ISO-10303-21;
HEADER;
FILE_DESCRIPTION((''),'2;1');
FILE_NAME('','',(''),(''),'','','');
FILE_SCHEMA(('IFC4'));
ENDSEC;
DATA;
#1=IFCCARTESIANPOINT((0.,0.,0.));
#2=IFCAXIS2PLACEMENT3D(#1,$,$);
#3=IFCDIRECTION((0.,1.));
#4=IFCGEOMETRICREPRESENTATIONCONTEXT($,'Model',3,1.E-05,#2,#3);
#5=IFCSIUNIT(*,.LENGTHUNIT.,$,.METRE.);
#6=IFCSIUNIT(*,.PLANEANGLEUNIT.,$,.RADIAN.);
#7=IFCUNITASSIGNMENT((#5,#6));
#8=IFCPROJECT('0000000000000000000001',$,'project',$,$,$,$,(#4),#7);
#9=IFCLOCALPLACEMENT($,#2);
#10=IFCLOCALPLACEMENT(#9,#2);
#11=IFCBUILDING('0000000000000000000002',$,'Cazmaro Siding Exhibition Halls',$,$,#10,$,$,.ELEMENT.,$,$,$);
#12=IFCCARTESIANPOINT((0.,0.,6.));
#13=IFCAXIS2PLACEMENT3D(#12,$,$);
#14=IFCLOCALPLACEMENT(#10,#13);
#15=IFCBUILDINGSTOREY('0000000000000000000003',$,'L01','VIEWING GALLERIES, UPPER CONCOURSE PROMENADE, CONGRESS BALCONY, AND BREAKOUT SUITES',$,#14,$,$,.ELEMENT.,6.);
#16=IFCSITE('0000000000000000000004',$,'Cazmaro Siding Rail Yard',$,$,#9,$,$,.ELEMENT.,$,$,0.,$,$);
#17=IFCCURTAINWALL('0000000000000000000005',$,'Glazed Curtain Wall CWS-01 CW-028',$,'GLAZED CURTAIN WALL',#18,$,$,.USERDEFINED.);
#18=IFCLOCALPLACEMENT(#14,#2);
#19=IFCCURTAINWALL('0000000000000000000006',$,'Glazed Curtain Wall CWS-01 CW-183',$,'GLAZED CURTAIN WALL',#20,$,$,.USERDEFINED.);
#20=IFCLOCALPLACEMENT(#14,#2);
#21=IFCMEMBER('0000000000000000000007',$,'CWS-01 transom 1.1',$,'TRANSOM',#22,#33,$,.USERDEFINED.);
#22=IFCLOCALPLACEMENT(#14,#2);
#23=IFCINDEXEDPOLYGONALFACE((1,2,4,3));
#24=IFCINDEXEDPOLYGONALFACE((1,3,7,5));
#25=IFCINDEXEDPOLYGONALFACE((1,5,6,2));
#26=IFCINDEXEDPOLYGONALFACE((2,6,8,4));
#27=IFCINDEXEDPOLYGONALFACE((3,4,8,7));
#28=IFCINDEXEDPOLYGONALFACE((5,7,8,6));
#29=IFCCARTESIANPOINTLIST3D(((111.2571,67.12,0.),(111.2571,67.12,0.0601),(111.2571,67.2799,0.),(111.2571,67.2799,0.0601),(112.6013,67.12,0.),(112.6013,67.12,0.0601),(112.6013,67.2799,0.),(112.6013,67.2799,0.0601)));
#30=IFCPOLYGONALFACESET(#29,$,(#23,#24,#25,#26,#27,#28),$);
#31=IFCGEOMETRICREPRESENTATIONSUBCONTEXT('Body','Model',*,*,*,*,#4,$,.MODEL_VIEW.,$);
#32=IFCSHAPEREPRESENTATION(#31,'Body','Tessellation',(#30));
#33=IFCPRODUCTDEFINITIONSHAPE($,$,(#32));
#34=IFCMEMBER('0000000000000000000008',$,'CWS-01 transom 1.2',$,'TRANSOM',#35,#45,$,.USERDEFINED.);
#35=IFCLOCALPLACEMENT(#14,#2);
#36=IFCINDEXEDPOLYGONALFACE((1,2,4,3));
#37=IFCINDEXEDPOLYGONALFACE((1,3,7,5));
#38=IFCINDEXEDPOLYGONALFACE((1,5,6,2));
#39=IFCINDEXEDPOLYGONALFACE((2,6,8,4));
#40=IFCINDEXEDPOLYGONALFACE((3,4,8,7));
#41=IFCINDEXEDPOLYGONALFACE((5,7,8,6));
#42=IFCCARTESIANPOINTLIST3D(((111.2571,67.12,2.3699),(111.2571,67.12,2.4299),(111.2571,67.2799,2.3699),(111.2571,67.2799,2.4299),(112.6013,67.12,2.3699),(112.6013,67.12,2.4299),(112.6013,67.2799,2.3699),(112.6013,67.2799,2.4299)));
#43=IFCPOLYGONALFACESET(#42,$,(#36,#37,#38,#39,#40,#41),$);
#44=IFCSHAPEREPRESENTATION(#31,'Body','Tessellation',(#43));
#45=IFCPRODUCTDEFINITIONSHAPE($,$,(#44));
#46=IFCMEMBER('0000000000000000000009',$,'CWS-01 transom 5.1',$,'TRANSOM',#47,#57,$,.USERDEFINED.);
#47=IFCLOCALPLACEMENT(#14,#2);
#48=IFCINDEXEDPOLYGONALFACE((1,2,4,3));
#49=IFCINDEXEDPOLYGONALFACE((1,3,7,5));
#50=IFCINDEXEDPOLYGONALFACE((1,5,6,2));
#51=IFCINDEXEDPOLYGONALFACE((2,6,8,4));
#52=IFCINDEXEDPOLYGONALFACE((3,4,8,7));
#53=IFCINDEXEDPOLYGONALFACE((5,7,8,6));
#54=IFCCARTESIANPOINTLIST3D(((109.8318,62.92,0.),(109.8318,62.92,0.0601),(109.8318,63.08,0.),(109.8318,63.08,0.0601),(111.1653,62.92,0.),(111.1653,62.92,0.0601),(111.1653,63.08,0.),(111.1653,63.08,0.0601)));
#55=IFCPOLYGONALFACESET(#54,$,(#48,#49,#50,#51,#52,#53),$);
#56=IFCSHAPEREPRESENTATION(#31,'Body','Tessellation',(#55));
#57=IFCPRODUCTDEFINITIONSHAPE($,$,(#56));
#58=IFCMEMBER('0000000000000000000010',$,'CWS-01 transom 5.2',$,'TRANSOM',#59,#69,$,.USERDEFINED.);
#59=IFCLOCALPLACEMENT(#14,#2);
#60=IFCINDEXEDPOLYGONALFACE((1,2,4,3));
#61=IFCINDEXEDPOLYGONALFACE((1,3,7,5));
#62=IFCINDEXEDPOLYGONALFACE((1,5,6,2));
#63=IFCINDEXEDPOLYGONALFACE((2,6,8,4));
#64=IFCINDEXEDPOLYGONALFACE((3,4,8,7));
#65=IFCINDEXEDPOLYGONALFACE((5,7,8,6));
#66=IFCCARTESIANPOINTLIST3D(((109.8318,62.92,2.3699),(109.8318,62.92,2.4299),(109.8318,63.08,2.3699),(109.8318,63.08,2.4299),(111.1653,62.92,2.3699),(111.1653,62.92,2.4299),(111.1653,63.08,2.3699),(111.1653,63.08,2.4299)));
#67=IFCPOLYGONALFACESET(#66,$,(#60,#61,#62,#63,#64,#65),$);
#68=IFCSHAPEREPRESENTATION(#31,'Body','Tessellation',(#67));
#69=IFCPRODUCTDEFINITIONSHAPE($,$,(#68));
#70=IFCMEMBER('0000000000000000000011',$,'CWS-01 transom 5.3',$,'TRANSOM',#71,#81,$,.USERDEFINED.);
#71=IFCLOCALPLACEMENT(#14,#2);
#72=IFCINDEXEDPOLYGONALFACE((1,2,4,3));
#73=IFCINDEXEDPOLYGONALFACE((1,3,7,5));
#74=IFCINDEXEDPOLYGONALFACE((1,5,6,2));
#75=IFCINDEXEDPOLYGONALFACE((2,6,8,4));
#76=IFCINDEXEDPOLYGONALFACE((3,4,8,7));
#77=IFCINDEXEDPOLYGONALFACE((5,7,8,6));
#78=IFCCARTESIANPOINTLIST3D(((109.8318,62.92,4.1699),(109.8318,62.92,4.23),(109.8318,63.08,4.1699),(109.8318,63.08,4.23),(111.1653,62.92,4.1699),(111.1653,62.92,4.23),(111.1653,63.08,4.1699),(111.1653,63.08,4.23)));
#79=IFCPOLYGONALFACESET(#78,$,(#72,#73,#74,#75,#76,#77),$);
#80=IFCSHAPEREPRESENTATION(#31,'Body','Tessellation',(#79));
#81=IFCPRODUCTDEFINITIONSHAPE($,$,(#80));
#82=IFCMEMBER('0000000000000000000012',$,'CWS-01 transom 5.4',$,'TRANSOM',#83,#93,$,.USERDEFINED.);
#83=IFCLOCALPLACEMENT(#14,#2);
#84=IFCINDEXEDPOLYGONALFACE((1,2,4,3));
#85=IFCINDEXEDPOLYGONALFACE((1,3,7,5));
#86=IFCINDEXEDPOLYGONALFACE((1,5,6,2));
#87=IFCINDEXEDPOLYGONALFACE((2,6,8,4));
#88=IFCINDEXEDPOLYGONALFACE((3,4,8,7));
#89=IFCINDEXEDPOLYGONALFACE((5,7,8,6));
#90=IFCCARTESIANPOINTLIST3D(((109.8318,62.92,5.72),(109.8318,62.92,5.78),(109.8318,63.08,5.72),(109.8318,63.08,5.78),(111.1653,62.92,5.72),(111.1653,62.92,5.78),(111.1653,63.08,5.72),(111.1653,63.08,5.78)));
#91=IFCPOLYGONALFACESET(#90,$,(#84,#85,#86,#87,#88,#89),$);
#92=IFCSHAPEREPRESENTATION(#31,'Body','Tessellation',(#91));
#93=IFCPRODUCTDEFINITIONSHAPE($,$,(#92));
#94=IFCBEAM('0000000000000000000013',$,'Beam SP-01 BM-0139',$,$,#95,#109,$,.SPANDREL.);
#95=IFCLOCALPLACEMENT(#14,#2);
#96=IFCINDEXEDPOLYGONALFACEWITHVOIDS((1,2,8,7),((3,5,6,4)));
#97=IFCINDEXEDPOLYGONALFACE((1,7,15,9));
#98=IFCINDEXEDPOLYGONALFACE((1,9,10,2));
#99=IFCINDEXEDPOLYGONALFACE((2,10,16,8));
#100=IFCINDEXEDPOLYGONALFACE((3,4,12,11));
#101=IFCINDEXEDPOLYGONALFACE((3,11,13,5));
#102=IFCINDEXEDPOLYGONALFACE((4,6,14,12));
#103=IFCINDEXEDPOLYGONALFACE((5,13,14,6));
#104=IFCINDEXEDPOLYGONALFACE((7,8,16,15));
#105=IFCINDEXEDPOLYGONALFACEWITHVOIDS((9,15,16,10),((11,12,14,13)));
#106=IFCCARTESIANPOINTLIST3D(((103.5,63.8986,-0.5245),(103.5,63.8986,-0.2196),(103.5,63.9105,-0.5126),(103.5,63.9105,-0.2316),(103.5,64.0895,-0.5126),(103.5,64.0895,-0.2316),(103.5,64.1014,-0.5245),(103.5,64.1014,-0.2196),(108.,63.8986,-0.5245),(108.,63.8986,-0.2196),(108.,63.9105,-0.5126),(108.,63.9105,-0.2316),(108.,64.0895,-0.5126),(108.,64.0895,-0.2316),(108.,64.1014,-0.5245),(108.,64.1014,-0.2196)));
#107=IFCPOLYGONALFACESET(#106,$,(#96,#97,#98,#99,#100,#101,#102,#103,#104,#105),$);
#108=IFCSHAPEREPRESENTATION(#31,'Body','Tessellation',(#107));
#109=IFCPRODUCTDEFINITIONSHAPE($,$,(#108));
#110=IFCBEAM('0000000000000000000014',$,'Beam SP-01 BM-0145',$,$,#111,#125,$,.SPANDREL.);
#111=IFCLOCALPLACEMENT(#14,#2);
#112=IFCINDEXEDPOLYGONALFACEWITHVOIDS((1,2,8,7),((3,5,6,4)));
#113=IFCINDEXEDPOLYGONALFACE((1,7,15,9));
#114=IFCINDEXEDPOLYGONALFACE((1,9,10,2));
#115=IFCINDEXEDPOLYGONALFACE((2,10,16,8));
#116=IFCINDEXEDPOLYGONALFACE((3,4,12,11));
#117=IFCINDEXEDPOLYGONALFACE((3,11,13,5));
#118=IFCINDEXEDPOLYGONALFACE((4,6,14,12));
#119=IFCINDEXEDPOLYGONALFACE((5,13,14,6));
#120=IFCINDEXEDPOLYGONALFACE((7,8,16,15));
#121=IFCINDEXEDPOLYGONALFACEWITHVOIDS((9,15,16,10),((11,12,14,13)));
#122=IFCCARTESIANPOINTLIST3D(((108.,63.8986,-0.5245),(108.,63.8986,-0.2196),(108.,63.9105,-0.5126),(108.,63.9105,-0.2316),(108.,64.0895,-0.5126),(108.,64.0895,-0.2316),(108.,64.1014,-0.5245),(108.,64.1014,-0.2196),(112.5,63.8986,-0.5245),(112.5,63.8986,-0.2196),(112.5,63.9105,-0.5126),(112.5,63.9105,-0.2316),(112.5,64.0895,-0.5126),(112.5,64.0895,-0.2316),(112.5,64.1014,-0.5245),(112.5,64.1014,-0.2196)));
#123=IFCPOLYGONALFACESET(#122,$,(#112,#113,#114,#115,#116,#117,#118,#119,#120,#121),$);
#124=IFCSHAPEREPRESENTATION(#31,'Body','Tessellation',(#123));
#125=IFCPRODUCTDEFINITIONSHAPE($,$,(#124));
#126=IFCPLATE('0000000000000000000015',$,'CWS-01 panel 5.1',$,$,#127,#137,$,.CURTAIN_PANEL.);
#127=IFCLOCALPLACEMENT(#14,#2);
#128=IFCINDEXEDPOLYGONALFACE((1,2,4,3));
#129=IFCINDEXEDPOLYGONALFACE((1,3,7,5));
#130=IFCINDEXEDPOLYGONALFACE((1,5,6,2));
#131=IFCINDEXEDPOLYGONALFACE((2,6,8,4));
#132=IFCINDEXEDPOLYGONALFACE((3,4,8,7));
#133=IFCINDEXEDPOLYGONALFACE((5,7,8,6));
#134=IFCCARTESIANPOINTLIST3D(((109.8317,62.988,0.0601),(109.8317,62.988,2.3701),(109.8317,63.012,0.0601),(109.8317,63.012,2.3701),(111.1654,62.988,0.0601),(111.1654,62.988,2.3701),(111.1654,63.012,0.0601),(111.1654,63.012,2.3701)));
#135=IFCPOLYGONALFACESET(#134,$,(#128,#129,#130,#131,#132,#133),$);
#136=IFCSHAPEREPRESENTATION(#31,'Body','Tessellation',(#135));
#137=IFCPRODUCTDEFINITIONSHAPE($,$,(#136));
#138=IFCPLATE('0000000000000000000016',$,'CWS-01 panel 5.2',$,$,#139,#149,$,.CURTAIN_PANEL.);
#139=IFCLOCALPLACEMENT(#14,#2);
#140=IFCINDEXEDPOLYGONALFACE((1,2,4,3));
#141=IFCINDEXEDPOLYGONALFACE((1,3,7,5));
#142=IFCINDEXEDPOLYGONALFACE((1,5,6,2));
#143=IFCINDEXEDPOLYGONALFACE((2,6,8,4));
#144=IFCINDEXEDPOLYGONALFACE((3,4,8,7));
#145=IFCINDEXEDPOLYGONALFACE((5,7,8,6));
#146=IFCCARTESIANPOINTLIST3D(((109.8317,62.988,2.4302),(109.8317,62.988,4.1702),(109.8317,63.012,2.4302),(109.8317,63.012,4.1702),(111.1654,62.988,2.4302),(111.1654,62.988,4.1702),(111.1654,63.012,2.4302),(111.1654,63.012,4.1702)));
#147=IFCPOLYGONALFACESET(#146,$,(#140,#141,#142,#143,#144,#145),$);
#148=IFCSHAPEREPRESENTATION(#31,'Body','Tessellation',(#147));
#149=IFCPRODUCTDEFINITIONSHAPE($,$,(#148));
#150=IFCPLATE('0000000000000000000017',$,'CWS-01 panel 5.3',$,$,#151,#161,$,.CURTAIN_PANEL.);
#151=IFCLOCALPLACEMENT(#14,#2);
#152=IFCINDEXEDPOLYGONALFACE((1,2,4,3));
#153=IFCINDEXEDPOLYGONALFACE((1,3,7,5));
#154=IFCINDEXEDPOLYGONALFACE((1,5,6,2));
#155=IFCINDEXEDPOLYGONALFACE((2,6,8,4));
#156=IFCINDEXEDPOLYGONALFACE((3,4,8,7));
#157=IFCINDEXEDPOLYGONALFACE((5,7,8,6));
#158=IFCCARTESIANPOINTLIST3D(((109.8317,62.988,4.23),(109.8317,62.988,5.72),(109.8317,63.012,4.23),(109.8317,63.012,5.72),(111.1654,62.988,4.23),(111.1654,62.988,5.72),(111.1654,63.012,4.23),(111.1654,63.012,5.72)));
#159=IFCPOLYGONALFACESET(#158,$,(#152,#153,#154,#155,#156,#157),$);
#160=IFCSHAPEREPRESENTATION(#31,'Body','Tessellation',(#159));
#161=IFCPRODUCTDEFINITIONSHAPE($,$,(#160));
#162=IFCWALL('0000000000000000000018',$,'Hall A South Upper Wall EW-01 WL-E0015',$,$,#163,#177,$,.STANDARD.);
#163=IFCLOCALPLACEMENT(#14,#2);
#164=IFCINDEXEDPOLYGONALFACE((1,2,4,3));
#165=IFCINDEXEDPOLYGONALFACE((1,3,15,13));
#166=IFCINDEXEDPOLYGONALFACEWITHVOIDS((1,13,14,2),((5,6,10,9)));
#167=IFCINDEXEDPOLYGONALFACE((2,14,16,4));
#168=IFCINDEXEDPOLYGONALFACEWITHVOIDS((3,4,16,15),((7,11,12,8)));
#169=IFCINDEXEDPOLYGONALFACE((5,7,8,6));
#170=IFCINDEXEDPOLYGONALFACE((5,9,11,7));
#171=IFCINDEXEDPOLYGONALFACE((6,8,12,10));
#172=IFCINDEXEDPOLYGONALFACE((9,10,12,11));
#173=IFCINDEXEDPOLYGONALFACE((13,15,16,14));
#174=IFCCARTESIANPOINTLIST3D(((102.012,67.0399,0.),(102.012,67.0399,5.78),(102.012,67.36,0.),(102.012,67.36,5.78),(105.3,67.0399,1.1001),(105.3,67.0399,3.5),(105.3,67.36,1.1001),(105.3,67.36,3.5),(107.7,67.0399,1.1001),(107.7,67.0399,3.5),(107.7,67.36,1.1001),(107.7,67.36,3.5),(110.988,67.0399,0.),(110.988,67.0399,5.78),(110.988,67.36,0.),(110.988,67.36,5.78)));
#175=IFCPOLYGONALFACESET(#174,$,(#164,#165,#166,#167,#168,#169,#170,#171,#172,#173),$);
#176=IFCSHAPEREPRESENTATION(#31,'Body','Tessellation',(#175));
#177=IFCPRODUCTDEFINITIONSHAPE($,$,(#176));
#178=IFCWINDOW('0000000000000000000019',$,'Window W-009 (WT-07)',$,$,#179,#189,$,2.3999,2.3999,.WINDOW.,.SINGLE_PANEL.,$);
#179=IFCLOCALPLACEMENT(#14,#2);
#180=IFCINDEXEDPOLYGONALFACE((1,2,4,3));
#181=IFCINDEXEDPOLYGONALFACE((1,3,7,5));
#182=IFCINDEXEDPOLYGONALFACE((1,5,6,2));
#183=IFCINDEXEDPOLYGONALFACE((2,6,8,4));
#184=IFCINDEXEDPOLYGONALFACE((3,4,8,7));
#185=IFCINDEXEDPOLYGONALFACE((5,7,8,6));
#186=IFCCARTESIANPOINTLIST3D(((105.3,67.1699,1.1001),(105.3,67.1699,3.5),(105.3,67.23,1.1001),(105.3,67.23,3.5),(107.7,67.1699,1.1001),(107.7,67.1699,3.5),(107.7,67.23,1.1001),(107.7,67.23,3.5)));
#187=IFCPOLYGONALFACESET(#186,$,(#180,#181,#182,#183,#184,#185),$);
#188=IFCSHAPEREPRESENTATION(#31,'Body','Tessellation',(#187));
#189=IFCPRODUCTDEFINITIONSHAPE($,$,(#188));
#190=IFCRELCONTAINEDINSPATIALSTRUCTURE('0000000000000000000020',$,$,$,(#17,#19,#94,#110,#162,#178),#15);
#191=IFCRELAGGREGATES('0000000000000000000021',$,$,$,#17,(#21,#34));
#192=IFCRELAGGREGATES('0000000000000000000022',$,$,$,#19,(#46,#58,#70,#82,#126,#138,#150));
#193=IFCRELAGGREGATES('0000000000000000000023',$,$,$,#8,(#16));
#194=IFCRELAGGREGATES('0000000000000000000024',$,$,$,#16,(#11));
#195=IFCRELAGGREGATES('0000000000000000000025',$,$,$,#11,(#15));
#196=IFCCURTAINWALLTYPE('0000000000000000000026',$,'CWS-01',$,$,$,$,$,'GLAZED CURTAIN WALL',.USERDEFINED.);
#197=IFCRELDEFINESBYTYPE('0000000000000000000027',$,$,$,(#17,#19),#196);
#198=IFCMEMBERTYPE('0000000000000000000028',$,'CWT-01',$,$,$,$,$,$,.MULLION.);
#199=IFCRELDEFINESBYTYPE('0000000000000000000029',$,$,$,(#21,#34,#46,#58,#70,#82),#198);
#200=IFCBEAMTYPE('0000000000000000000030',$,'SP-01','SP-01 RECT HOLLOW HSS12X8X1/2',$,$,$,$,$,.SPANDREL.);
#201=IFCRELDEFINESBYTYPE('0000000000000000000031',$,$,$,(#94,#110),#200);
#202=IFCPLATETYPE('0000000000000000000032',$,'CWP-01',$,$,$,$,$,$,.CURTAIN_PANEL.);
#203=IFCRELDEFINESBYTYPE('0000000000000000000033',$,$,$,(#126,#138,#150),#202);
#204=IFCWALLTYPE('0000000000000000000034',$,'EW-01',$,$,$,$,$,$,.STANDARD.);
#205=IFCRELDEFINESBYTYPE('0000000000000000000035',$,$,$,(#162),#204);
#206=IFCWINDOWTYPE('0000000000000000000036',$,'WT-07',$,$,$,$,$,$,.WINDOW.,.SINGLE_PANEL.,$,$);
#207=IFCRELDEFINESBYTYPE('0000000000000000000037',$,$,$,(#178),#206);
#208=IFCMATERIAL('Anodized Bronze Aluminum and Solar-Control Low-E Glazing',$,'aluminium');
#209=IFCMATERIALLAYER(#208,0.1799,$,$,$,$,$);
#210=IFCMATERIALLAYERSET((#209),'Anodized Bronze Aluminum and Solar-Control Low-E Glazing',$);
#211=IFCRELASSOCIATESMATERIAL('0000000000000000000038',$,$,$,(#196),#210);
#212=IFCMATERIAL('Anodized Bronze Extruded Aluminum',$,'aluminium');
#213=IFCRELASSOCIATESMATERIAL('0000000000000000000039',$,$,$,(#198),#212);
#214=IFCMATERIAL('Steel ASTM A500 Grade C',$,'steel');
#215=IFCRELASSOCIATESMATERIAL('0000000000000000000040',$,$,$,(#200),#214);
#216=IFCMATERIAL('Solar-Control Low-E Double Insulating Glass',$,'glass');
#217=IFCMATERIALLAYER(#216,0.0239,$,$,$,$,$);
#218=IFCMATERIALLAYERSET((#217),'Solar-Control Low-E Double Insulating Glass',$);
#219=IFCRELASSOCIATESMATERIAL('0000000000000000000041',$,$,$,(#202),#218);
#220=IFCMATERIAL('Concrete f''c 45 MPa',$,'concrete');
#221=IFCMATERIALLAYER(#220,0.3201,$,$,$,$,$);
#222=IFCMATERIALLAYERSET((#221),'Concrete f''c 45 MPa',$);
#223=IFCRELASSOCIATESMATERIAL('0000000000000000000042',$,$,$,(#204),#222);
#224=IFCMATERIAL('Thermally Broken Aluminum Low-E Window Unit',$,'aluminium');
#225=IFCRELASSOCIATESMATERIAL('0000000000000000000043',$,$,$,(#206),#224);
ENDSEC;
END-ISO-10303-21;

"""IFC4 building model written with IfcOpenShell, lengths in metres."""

from ifc_helpers import new_model, si_unit, direction, frame, frame_2d, origin, origin_2d, place, context, subcontext, project, spatial, rectangle, hollow_rectangle, extrude, material, layer, layer_set, material_profile, profile_set, type_object, element, fill, aggregate, save


model = new_model("IFC4")

# Units and contexts
model_context = context("Model", 3, precision=1e-05, world=origin(), true_north=direction((0.0, 1.0)))
body_context = subcontext(model_context, "Body", "Model", "MODEL_VIEW")
ifc_project = project(units=[si_unit("LENGTHUNIT", "METRE"), si_unit("PLANEANGLEUNIT", "RADIAN")], contexts=[model_context])

# Site, building, storey
site_placement = place(None, origin())
site = spatial("IfcSite", under=ifc_project, at=site_placement, Name="Cazmaro Siding Rail Yard", CompositionType="ELEMENT", RefElevation=0.0)
building_placement = place(site_placement, origin())
building = spatial("IfcBuilding", under=site, at=building_placement, Name="Cazmaro Siding Exhibition Halls", CompositionType="ELEMENT")
storey_placement = place(building_placement, frame((0.0, 0.0, 6.0)))
storey = spatial("IfcBuildingStorey", under=building, at=storey_placement, Name="L01", Description="VIEWING GALLERIES, UPPER CONCOURSE PROMENADE, CONGRESS BALCONY, AND BREAKOUT SUITES", CompositionType="ELEMENT", Elevation=6.0)

# Curtain wall
ifc_material_1 = material(Name="Anodized Bronze Aluminum and Solar-Control Low-E Glazing", Category="aluminium")
ifc_layer_1 = layer(ifc_material_1, 0.1799)
ifc_layer_set_1 = layer_set([ifc_layer_1], Name="Anodized Bronze Aluminum and Solar-Control Low-E Glazing")
curtain_wall_type = type_object("IfcCurtainWallType", Name="CWS-01", ElementType="GLAZED CURTAIN WALL", PredefinedType="USERDEFINED", material=ifc_layer_set_1)
curtain_wall_1_placement = place(storey_placement, origin())
curtain_wall_1 = element("IfcCurtainWall", 1, at=curtain_wall_1_placement, inside=storey, type_object=curtain_wall_type, Name="Glazed Curtain Wall CWS-01 CW-028", ObjectType="GLAZED CURTAIN WALL", PredefinedType="USERDEFINED")

# Curtain wall
curtain_wall_2_placement = place(storey_placement, origin())
curtain_wall_2 = element("IfcCurtainWall", 2, at=curtain_wall_2_placement, inside=storey, type_object=curtain_wall_type, Name="Glazed Curtain Wall CWS-01 CW-183", ObjectType="GLAZED CURTAIN WALL", PredefinedType="USERDEFINED")

# Members
ifc_material_2 = material(Name="Anodized Bronze Extruded Aluminum", Category="aluminium")
ifc_material_profile_1 = material_profile(ifc_material_2, rectangle(XDim=0.1599, YDim=0.0601, at=origin_2d()), Name="CWT-01")
ifc_profile_set_1 = profile_set([ifc_material_profile_1], Name="Anodized Bronze Extruded Aluminum")
member_type_1 = type_object("IfcMemberType", Name="CWT-01", PredefinedType="MULLION", material=ifc_profile_set_1)
member_1_placement = place(storey_placement, frame((111.2571, 67.2, 0.03), z_axis=(1.0, 0.0, 0.0), x_axis=(0.0, 1.0, 0.0)))
member_1 = element("IfcMember", 3, at=member_1_placement, type_object=member_type_1, Name="CWS-01 transom 1.1", ObjectType="TRANSOM", PredefinedType="USERDEFINED", context=body_context, shape_type="SweptSolid", body=[
    extrude(rectangle(XDim=0.1599, YDim=0.0601, at=origin_2d()), origin(), (0.0, 0.0, 1.0), 1.3442),
])
member_2_placement = place(storey_placement, frame((111.2571, 67.2, 2.3999), z_axis=(1.0, 0.0, 0.0), x_axis=(0.0, 1.0, 0.0)))
member_2 = element("IfcMember", 4, at=member_2_placement, type_object=member_type_1, Name="CWS-01 transom 1.2", ObjectType="TRANSOM", PredefinedType="USERDEFINED", context=body_context, shape_type="SweptSolid", body=[
    extrude(rectangle(XDim=0.1599, YDim=0.0601, at=origin_2d()), origin(), (0.0, 0.0, 1.0), 1.3442),
])
aggregate(curtain_wall_1, [member_1, member_2])
member_3_placement = place(storey_placement, frame((111.1653, 63.0, 0.03), z_axis=(-1.0, 0.0, 0.0), x_axis=(0.0, -1.0, 0.0)))
member_3 = element("IfcMember", 5, at=member_3_placement, type_object=member_type_1, Name="CWS-01 transom 5.1", ObjectType="TRANSOM", PredefinedType="USERDEFINED", context=body_context, shape_type="SweptSolid", body=[
    extrude(rectangle(XDim=0.1599, YDim=0.0601, at=origin_2d()), origin(), (0.0, 0.0, 1.0), 1.3335),
])
member_4_placement = place(storey_placement, frame((111.1653, 63.0, 2.3999), z_axis=(-1.0, 0.0, 0.0), x_axis=(0.0, -1.0, 0.0)))
member_4 = element("IfcMember", 6, at=member_4_placement, type_object=member_type_1, Name="CWS-01 transom 5.2", ObjectType="TRANSOM", PredefinedType="USERDEFINED", context=body_context, shape_type="SweptSolid", body=[
    extrude(rectangle(XDim=0.1599, YDim=0.0601, at=origin_2d()), origin(), (0.0, 0.0, 1.0), 1.3335),
])
member_5_placement = place(storey_placement, frame((111.1653, 63.0, 4.2), z_axis=(-1.0, 0.0, 0.0), x_axis=(0.0, -1.0, 0.0)))
member_5 = element("IfcMember", 7, at=member_5_placement, type_object=member_type_1, Name="CWS-01 transom 5.3", ObjectType="TRANSOM", PredefinedType="USERDEFINED", context=body_context, shape_type="SweptSolid", body=[
    extrude(rectangle(XDim=0.1599, YDim=0.0601, at=origin_2d()), origin(), (0.0, 0.0, 1.0), 1.3335),
])
member_6_placement = place(storey_placement, frame((111.1653, 63.0, 5.75), z_axis=(-1.0, 0.0, 0.0), x_axis=(0.0, -1.0, 0.0)))
member_6 = element("IfcMember", 8, at=member_6_placement, type_object=member_type_1, Name="CWS-01 transom 5.4", ObjectType="TRANSOM", PredefinedType="USERDEFINED", context=body_context, shape_type="SweptSolid", body=[
    extrude(rectangle(XDim=0.1599, YDim=0.0601, at=origin_2d()), origin(), (0.0, 0.0, 1.0), 1.3335),
])

# Beams
ifc_material_3 = material(Name="Steel ASTM A500 Grade C", Category="steel")
ifc_material_profile_2 = material_profile(ifc_material_3, hollow_rectangle(XDim=0.2029, YDim=0.3049, WallThickness=0.012, at=origin_2d()), Name="HSS12X8X1/2")
ifc_profile_set_2 = profile_set([ifc_material_profile_2], Name="Steel ASTM A500 Grade C")
beam_type_1 = type_object("IfcBeamType", Name="SP-01", Description="SP-01 RECT HOLLOW HSS12X8X1/2", PredefinedType="SPANDREL", material=ifc_profile_set_2)
for number, where, z_axis, x_axis, name in (
    (9, (103.5, 64.0, -0.3721), (1.0, 0.0, 0.0), (0.0, 1.0, 0.0), "Beam SP-01 BM-0139"),
    (10, (108.0, 64.0, -0.3721), (1.0, 0.0, 0.0), (0.0, 1.0, 0.0), "Beam SP-01 BM-0145"),
):
    element("IfcBeam", number, at=place(storey_placement, frame(where, z_axis=z_axis, x_axis=x_axis)), inside=storey, type_object=beam_type_1, Name=name, PredefinedType="SPANDREL", context=body_context, shape_type="SweptSolid", body=[
        extrude(hollow_rectangle(XDim=0.2029, YDim=0.3049, WallThickness=0.012, at=origin_2d()), origin(), (0.0, 0.0, 1.0), 4.5),
    ])

# Plates
ifc_material_4 = material(Name="Solar-Control Low-E Double Insulating Glass", Category="glass")
ifc_layer_2 = layer(ifc_material_4, 0.0239)
ifc_layer_set_2 = layer_set([ifc_layer_2], Name="Solar-Control Low-E Double Insulating Glass")
plate_type = type_object("IfcPlateType", Name="CWP-01", PredefinedType="CURTAIN_PANEL", material=ifc_layer_set_2)
plate_1_placement = place(storey_placement, frame((110.4985, 63.0, 0.0601), z_axis=(0.0, 0.0, 1.0), x_axis=(-1.0, 0.0, 0.0)))
plate_1 = element("IfcPlate", 11, at=plate_1_placement, type_object=plate_type, Name="CWS-01 panel 5.1", PredefinedType="CURTAIN_PANEL", context=body_context, shape_type="SweptSolid", body=[
    extrude(rectangle(XDim=1.3337, YDim=0.0239, at=origin_2d()), origin(), (0.0, 0.0, 1.0), 2.3101),
])
plate_2_placement = place(storey_placement, frame((110.4985, 63.0, 2.4302), z_axis=(0.0, 0.0, 1.0), x_axis=(-1.0, 0.0, 0.0)))
plate_2 = element("IfcPlate", 12, at=plate_2_placement, type_object=plate_type, Name="CWS-01 panel 5.2", PredefinedType="CURTAIN_PANEL", context=body_context, shape_type="SweptSolid", body=[
    extrude(rectangle(XDim=1.3337, YDim=0.0239, at=origin_2d()), origin(), (0.0, 0.0, 1.0), 1.74),
])
plate_3_placement = place(storey_placement, frame((110.4985, 63.0, 4.23), z_axis=(0.0, 0.0, 1.0), x_axis=(-1.0, 0.0, 0.0)))
plate_3 = element("IfcPlate", 13, at=plate_3_placement, type_object=plate_type, Name="CWS-01 panel 5.3", PredefinedType="CURTAIN_PANEL", context=body_context, shape_type="SweptSolid", body=[
    extrude(rectangle(XDim=1.3337, YDim=0.0239, at=origin_2d()), origin(), (0.0, 0.0, 1.0), 1.49),
])
aggregate(curtain_wall_2, [member_3, member_4, member_5, member_6, plate_1, plate_2, plate_3])

# Wall, opening, window
ifc_material_5 = material(Name="Concrete f'c 45 MPa", Category="concrete")
ifc_layer_3 = layer(ifc_material_5, 0.3201)
ifc_layer_set_3 = layer_set([ifc_layer_3], Name="Concrete f'c 45 MPa")
wall_type = type_object("IfcWallType", Name="EW-01", PredefinedType="STANDARD", material=ifc_layer_set_3)
wall_placement = place(storey_placement, frame((110.988, 67.2, 0.0), z_axis=(0.0, 0.0, 1.0), x_axis=(-1.0, 0.0, 0.0)))
wall = element("IfcWall", 14, at=wall_placement, inside=storey, type_object=wall_type, Name="Hall A South Upper Wall EW-01 WL-E0015", PredefinedType="STANDARD", context=body_context, shape_type="SweptSolid", body=[
    extrude(rectangle(XDim=8.9761, YDim=0.3201, at=frame_2d((4.488, 0.0))), origin(), (0.0, 0.0, 1.0), 5.78),
])
opening_placement = place(wall_placement, frame((3.2881, 0.0, 1.1001)))
opening = element("IfcOpeningElement", 15, at=opening_placement, cuts=wall, PredefinedType="OPENING", context=body_context, shape_type="SweptSolid", body=[
    extrude(rectangle(XDim=2.3999, YDim=2.3999, at=frame_2d((1.2, 1.2))), frame((0.0, 0.1699, 0.0), z_axis=(0.0, -1.0, 0.0), x_axis=(1.0, 0.0, 0.0)), (0.0, 0.0, 1.0), 0.3401),
])
ifc_material_6 = material(Name="Thermally Broken Aluminum Low-E Window Unit", Category="aluminium")
window_type = type_object("IfcWindowType", Name="WT-07", PartitioningType="SINGLE_PANEL", PredefinedType="WINDOW", material=ifc_material_6)
window_placement = place(opening_placement, origin())
window = element("IfcWindow", 16, at=window_placement, inside=storey, type_object=window_type, Name="Window W-009 (WT-07)", OverallHeight=2.3999, OverallWidth=2.3999, PartitioningType="SINGLE_PANEL", PredefinedType="WINDOW", context=body_context, shape_type="SweptSolid", body=[
    extrude(rectangle(XDim=2.3999, YDim=2.3999, at=frame_2d((1.2, 1.2))), frame((0.0, 0.03, 0.0), z_axis=(0.0, -1.0, 0.0), x_axis=(1.0, 0.0, 0.0)), (0.0, 0.0, 1.0), 0.0601),
])
fill(opening, window)

save(model, "model.ifc")
